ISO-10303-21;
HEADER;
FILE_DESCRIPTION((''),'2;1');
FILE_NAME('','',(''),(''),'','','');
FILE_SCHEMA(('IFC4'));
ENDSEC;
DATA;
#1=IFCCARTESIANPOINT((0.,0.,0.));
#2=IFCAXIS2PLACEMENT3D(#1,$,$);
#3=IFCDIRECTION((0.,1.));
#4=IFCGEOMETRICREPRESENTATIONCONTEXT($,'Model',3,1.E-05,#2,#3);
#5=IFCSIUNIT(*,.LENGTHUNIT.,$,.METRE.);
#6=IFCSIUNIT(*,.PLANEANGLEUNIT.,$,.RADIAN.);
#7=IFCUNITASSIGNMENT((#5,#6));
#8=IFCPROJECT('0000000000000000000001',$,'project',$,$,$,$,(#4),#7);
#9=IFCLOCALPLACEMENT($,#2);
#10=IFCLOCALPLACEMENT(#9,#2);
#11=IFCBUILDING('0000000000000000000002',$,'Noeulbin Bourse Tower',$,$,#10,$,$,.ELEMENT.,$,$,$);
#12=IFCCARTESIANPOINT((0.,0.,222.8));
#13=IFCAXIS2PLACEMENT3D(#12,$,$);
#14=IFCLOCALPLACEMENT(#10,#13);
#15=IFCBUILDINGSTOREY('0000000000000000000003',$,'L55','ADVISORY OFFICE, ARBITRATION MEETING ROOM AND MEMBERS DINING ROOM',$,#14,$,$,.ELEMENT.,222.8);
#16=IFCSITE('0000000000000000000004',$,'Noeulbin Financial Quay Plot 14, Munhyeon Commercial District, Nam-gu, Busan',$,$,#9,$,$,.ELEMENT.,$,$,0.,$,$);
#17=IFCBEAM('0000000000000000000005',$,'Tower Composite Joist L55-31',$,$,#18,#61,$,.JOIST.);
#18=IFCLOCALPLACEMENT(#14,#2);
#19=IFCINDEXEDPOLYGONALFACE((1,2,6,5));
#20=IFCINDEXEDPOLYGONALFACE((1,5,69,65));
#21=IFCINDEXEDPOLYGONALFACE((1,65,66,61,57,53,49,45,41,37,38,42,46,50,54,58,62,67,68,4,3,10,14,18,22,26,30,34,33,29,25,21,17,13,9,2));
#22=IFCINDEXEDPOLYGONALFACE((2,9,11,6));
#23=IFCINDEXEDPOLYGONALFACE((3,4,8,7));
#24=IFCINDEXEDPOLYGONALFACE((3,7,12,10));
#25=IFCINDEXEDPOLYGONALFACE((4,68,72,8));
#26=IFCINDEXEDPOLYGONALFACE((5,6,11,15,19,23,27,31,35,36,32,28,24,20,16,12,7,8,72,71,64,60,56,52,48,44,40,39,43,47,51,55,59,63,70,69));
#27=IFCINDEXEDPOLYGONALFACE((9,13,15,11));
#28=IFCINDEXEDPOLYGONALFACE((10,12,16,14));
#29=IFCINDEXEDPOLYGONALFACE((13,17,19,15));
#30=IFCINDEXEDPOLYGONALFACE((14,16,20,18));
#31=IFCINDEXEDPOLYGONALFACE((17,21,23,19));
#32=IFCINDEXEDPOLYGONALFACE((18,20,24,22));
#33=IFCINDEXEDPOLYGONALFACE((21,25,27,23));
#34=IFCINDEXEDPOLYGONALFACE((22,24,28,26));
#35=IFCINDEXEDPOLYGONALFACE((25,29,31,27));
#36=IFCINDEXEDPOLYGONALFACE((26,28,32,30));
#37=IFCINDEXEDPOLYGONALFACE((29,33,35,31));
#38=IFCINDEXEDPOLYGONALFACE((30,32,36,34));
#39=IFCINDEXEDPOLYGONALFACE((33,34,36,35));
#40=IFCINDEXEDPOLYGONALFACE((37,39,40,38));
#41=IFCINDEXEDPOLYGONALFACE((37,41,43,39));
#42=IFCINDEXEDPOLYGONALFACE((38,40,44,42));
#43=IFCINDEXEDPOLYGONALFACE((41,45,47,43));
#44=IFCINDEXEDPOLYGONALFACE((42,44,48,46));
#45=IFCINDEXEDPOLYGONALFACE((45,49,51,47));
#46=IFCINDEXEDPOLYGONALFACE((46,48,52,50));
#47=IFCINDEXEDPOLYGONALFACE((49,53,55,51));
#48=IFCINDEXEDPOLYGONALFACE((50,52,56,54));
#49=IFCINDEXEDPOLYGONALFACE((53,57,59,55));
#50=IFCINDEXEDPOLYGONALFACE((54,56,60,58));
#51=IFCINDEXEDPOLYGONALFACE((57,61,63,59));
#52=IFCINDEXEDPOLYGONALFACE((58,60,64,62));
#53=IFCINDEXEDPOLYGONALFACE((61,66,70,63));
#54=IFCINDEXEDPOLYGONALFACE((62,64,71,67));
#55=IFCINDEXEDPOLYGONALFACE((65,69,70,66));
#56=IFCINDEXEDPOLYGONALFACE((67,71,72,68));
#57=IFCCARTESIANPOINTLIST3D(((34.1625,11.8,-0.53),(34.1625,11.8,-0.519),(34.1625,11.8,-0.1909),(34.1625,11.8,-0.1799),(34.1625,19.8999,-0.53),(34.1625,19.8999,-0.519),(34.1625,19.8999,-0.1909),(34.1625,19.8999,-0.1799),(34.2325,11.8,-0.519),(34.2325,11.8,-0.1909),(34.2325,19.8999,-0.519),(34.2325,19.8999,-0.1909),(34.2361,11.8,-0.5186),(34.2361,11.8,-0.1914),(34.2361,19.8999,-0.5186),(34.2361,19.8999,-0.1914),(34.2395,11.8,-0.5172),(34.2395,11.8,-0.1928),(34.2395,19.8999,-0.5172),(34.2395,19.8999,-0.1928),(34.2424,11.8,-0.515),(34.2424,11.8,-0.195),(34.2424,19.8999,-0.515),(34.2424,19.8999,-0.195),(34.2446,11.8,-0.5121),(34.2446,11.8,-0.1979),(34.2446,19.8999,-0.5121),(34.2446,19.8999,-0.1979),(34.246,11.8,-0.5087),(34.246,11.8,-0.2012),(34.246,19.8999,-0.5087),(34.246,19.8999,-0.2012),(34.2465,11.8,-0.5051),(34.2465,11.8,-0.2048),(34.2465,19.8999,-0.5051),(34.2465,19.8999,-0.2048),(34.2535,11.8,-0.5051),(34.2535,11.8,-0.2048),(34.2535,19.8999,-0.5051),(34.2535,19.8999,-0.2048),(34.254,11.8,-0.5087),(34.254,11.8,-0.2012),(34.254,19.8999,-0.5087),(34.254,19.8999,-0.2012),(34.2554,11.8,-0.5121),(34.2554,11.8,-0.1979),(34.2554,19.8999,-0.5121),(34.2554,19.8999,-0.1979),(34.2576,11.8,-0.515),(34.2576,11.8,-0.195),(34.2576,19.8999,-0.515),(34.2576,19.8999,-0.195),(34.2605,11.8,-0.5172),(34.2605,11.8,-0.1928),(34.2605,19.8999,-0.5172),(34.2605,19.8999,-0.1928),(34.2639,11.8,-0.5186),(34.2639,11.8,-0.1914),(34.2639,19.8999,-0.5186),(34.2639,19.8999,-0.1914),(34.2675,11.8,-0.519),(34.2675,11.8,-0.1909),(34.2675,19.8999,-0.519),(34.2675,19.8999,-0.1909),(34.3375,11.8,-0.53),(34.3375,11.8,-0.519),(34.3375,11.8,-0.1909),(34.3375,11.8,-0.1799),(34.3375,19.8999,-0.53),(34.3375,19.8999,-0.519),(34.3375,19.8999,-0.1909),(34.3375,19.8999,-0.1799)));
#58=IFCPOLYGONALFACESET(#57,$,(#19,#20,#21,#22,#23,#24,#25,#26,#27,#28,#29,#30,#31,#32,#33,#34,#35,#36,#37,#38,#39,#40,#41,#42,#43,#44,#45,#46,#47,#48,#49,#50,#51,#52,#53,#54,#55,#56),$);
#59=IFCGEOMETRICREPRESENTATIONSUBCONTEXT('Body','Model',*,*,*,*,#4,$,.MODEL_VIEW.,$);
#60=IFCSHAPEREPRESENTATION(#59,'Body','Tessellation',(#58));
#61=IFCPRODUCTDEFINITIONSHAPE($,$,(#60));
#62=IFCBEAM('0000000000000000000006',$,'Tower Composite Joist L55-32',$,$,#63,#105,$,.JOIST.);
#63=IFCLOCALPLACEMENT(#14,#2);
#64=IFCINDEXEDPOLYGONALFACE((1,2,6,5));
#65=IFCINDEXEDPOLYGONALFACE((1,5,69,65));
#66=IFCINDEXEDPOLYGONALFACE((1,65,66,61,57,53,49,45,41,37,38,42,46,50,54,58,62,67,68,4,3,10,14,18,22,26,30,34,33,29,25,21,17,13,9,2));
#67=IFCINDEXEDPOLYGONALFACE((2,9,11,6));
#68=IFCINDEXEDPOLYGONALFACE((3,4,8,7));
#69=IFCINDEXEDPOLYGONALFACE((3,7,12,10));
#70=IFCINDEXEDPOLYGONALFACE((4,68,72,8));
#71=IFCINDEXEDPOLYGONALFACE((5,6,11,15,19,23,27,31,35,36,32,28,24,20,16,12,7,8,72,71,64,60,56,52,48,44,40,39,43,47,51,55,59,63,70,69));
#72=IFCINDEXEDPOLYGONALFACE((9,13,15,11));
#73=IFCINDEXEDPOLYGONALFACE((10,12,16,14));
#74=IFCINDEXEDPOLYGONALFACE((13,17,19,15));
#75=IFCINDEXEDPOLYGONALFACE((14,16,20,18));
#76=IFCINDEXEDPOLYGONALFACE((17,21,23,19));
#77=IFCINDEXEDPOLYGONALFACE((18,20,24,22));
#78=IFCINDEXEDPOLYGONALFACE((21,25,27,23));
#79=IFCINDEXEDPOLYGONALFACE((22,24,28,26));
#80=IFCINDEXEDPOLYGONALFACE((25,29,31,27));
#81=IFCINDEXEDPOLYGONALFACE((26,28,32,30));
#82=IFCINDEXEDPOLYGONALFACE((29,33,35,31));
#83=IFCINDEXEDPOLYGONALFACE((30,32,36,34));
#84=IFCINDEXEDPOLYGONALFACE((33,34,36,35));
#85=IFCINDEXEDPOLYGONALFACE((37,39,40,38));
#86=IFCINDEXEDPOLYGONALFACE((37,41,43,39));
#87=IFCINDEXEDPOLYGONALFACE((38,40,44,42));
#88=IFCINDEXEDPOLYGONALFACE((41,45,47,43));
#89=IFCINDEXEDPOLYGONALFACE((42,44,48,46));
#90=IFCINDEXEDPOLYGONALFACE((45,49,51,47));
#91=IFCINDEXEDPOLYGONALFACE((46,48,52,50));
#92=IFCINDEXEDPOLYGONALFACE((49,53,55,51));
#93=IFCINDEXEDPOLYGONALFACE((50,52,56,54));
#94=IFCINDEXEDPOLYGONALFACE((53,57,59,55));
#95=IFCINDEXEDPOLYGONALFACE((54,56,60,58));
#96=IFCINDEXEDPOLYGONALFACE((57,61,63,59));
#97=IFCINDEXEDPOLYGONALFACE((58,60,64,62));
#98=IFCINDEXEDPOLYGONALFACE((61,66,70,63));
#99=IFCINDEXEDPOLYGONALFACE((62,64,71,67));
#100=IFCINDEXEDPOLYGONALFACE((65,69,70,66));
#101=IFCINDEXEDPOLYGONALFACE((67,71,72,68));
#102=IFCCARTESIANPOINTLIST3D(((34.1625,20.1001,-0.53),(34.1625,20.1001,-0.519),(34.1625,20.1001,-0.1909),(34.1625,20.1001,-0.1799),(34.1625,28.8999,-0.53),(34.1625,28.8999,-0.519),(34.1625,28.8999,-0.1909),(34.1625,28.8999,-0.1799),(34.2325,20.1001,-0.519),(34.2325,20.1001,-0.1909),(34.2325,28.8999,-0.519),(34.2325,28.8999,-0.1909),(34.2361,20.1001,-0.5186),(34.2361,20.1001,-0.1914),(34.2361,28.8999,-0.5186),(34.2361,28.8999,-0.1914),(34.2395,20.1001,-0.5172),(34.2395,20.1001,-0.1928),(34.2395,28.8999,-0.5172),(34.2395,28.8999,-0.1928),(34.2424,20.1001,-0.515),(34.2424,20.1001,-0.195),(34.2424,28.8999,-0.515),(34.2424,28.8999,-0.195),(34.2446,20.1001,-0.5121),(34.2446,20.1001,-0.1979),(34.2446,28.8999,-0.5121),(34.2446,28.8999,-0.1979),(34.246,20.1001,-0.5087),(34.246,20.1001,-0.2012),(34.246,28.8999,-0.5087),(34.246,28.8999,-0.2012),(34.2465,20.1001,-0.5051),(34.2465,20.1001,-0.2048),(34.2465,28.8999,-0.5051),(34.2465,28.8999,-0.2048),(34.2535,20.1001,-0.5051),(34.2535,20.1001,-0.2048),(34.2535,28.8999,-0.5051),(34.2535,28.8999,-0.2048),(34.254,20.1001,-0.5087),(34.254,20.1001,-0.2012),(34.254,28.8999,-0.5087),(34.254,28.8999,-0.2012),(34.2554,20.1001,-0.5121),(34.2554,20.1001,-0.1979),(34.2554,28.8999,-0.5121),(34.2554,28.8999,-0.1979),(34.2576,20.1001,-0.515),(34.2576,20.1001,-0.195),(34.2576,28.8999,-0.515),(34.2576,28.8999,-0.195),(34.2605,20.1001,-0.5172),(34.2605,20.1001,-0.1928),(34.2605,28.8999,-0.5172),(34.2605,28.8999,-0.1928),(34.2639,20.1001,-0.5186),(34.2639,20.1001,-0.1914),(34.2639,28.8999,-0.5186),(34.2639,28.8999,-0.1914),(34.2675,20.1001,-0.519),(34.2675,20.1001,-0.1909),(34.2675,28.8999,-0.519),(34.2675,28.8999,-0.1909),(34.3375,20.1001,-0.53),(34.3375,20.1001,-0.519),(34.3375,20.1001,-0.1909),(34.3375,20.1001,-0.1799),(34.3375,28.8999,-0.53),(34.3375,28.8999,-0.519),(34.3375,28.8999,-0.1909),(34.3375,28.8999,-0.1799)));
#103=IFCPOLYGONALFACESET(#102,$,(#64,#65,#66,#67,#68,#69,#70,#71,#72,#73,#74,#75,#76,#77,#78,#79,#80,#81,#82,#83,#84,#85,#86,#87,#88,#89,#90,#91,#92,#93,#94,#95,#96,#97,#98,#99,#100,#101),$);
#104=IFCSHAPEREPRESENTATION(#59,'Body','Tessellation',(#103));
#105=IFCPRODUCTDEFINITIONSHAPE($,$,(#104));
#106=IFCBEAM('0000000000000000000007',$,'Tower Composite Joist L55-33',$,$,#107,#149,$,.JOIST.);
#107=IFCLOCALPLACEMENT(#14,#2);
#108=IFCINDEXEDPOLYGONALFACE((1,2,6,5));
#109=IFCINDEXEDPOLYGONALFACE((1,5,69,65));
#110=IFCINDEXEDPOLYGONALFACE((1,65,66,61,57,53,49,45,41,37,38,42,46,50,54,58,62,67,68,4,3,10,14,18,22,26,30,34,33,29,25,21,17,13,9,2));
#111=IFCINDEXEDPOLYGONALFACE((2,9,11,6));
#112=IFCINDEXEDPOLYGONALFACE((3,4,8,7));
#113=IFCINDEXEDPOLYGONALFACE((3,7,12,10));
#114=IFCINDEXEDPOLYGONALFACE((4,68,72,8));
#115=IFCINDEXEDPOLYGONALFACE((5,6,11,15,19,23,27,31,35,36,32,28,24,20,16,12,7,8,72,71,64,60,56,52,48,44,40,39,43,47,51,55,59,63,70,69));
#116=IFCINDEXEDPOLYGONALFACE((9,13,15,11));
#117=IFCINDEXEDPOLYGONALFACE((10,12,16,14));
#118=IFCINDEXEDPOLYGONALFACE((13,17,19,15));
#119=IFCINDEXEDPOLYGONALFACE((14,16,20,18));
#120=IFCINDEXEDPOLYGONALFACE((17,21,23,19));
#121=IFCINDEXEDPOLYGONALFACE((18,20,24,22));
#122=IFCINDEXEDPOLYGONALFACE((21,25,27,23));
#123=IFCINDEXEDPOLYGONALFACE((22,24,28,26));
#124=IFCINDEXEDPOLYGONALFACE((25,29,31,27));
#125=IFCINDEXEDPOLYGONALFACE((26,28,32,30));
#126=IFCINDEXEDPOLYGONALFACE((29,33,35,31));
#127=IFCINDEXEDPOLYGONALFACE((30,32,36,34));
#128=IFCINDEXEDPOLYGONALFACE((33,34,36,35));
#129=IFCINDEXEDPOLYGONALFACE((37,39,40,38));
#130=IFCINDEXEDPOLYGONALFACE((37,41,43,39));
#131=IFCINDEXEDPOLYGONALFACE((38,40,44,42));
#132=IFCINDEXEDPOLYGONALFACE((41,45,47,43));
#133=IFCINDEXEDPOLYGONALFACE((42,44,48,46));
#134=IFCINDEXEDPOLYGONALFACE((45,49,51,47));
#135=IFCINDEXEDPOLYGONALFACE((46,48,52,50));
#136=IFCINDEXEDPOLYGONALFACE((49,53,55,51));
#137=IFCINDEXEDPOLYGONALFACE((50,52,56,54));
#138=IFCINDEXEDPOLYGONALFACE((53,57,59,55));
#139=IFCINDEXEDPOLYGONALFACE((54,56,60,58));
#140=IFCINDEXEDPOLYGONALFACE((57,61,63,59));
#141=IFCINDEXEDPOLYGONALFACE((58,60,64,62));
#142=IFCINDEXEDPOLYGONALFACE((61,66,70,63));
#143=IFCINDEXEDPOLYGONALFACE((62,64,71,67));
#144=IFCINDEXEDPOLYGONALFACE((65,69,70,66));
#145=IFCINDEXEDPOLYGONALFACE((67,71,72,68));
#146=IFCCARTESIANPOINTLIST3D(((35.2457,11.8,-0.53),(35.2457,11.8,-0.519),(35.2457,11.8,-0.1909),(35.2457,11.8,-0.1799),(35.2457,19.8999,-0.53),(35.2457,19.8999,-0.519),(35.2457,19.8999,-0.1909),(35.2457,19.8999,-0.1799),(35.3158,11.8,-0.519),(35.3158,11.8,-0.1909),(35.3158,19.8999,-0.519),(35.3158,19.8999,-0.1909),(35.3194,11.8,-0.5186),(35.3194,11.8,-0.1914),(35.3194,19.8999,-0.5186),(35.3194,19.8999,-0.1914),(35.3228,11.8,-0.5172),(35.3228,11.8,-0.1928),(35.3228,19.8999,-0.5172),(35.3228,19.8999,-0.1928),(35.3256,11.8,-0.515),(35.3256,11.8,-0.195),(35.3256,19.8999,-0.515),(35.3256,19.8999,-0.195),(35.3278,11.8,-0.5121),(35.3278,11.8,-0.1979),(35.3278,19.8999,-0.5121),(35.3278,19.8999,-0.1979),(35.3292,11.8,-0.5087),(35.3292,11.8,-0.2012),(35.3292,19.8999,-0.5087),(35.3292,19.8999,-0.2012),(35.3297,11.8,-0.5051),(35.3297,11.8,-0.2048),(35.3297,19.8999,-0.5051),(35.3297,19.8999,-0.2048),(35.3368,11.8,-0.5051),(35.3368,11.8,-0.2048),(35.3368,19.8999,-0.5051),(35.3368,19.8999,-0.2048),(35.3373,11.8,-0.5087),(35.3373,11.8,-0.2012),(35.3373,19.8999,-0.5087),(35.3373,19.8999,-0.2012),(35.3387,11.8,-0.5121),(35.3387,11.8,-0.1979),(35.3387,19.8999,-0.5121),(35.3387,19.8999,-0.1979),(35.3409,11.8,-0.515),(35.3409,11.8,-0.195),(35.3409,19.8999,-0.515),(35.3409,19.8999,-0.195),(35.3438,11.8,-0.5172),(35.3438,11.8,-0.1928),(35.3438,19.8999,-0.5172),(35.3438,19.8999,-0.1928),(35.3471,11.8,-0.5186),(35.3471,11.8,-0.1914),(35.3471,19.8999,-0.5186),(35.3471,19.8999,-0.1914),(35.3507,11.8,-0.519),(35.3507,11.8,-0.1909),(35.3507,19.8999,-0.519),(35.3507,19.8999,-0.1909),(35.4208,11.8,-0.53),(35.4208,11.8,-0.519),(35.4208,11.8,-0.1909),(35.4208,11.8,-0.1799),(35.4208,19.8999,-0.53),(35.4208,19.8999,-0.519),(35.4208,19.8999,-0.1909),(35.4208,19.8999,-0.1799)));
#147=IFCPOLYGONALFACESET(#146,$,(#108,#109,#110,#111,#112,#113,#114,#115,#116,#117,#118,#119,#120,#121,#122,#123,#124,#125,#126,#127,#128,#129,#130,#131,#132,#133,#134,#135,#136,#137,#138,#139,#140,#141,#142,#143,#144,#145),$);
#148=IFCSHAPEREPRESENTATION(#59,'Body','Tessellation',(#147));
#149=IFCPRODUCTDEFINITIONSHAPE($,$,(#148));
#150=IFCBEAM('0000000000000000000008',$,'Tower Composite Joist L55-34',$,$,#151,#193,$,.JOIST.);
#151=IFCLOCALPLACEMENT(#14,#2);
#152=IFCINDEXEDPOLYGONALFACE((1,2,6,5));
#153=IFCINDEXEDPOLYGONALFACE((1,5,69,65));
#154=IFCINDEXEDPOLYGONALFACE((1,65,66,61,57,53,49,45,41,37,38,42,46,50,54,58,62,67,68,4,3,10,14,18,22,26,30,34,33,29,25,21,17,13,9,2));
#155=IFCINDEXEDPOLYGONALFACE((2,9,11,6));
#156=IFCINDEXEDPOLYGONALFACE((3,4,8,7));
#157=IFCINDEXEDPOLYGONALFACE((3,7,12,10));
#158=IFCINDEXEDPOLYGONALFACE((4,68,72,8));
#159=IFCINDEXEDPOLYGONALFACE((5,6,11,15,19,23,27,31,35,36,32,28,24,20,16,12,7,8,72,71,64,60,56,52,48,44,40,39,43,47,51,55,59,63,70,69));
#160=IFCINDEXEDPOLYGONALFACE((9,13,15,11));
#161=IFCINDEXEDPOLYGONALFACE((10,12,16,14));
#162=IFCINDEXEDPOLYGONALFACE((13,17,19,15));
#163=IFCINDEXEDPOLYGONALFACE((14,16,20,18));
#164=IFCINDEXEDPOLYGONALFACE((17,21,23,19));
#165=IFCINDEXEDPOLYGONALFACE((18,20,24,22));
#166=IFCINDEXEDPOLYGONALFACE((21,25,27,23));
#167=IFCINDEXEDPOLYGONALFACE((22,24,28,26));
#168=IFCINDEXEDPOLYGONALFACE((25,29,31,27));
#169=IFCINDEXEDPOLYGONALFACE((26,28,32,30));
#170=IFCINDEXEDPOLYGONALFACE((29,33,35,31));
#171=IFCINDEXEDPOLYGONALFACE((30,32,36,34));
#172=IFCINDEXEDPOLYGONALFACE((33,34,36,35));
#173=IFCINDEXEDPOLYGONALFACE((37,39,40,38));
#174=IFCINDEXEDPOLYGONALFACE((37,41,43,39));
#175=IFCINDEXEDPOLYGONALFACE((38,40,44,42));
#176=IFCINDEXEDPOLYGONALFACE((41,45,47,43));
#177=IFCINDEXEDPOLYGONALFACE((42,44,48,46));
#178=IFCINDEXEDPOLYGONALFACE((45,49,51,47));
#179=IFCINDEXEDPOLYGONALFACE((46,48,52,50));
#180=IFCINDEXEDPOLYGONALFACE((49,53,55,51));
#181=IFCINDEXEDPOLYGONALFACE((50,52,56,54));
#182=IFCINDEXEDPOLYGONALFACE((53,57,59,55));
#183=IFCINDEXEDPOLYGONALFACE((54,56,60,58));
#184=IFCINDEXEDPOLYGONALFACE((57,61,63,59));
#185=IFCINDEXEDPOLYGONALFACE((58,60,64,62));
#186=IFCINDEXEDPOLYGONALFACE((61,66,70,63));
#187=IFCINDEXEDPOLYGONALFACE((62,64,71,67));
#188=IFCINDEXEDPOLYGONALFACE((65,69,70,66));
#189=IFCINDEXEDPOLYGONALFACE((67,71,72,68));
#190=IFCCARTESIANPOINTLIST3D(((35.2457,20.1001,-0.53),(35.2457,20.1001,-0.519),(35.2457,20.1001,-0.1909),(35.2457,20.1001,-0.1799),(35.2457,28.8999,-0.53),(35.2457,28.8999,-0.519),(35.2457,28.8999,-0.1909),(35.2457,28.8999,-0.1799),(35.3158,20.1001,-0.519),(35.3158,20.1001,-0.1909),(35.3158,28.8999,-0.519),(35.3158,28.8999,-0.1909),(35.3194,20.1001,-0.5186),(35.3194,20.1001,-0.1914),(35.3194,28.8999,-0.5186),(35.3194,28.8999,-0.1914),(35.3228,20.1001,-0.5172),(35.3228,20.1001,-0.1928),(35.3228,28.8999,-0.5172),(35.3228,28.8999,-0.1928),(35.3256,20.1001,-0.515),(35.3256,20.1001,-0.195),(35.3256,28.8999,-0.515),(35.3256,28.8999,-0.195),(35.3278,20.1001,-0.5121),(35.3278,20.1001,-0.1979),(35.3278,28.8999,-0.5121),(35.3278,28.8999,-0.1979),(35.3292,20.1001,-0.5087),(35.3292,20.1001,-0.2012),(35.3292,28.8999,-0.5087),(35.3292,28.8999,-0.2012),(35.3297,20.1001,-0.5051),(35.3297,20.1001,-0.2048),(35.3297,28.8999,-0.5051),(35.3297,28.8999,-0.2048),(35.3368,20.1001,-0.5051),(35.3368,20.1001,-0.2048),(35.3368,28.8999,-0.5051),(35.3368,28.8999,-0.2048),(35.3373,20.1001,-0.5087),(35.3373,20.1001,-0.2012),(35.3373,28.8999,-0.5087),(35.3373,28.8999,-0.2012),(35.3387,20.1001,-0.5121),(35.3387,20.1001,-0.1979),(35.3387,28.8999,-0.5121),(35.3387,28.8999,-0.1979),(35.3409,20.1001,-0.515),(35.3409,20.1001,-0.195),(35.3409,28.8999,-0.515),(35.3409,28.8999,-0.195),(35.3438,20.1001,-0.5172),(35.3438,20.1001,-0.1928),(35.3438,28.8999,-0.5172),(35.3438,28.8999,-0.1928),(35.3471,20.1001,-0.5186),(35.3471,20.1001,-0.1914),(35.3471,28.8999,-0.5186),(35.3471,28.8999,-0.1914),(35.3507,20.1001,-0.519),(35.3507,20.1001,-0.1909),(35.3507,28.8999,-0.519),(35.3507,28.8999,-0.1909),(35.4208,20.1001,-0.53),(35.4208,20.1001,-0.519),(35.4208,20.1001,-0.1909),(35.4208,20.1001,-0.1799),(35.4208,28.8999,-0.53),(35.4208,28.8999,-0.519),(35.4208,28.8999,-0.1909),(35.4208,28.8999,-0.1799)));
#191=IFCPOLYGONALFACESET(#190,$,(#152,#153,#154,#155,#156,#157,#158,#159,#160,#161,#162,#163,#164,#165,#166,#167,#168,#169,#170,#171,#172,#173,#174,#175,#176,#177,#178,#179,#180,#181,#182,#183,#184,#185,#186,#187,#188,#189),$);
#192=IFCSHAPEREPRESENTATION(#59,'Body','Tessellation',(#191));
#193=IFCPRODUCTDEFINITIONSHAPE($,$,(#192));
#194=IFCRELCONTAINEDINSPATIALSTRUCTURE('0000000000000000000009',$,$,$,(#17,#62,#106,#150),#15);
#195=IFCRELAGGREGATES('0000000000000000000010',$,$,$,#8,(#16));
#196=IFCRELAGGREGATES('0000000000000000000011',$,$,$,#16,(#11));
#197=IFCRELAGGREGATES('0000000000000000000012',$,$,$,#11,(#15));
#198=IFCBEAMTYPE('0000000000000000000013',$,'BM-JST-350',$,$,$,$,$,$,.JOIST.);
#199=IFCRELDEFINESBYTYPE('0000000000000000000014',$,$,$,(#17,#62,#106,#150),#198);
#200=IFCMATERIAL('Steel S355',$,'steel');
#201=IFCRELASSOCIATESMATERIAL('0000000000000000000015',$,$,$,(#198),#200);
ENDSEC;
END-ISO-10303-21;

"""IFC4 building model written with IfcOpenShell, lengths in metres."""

from ifc_helpers import new_model, si_unit, direction, frame, origin, origin_2d, place, context, subcontext, project, spatial, i_section, extrude, material, material_profile, profile_set, type_object, element, save


model = new_model("IFC4")

# Units and contexts
model_context = context("Model", 3, precision=1e-05, world=origin(), true_north=direction((0.0, 1.0)))
body_context = subcontext(model_context, "Body", "Model", "MODEL_VIEW")
ifc_project = project(units=[si_unit("LENGTHUNIT", "METRE"), si_unit("PLANEANGLEUNIT", "RADIAN")], contexts=[model_context])

# Site, building, storey
site_placement = place(None, origin())
site = spatial("IfcSite", under=ifc_project, at=site_placement, Name="Noeulbin Financial Quay Plot 14, Munhyeon Commercial District, Nam-gu, Busan", CompositionType="ELEMENT", RefElevation=0.0)
building_placement = place(site_placement, origin())
building = spatial("IfcBuilding", under=site, at=building_placement, Name="Noeulbin Bourse Tower", CompositionType="ELEMENT")
storey_placement = place(building_placement, frame((0.0, 0.0, 222.8)))
storey = spatial("IfcBuildingStorey", under=building, at=storey_placement, Name="L55", Description="ADVISORY OFFICE, ARBITRATION MEETING ROOM AND MEMBERS DINING ROOM", CompositionType="ELEMENT", Elevation=222.8)

# Shared definitions
ifc_material_1 = material(Name="Steel S355", Category="steel")

# Beams
ifc_material_profile_1 = material_profile(ifc_material_1, i_section(OverallWidth=0.175, OverallDepth=0.3501, WebThickness=0.0071, FlangeThickness=0.011, FilletRadius=0.0139, at=origin_2d()), Name="H-350x175x7x11", Category="LoadBearing")
ifc_profile_set_1 = profile_set([ifc_material_profile_1], Name="Steel S355")
beam_type_1 = type_object("IfcBeamType", Name="BM-JST-350", PredefinedType="JOIST", material=ifc_profile_set_1)
beam_1_placement = place(storey_placement, frame((34.25, 11.8, -0.355), z_axis=(0.0, 1.0, 0.0), x_axis=(-1.0, 0.0, 0.0)))
element("IfcBeam", 1, at=beam_1_placement, inside=storey, type_object=beam_type_1, Name="Tower Composite Joist L55-31", PredefinedType="JOIST", context=body_context, shape_type="SweptSolid", body=[
    extrude(i_section(OverallWidth=0.175, OverallDepth=0.3501, WebThickness=0.0071, FlangeThickness=0.011, FilletRadius=0.0139, at=origin_2d()), origin(), (0.0, 0.0, 1.0), 8.0999),
])
beam_2_placement = place(storey_placement, frame((34.25, 20.1001, -0.355), z_axis=(0.0, 1.0, 0.0), x_axis=(-1.0, 0.0, 0.0)))
element("IfcBeam", 2, at=beam_2_placement, inside=storey, type_object=beam_type_1, Name="Tower Composite Joist L55-32", PredefinedType="JOIST", context=body_context, shape_type="SweptSolid", body=[
    extrude(i_section(OverallWidth=0.175, OverallDepth=0.3501, WebThickness=0.0071, FlangeThickness=0.011, FilletRadius=0.0139, at=origin_2d()), origin(), (0.0, 0.0, 1.0), 8.7998),
])
beam_3_placement = place(storey_placement, frame((35.3333, 11.8, -0.355), z_axis=(0.0, 1.0, 0.0), x_axis=(-1.0, 0.0, 0.0)))
element("IfcBeam", 3, at=beam_3_placement, inside=storey, type_object=beam_type_1, Name="Tower Composite Joist L55-33", PredefinedType="JOIST", context=body_context, shape_type="SweptSolid", body=[
    extrude(i_section(OverallWidth=0.175, OverallDepth=0.3501, WebThickness=0.0071, FlangeThickness=0.011, FilletRadius=0.0139, at=origin_2d()), origin(), (0.0, 0.0, 1.0), 8.0999),
])
beam_4_placement = place(storey_placement, frame((35.3333, 20.1001, -0.355), z_axis=(0.0, 1.0, 0.0), x_axis=(-1.0, 0.0, 0.0)))
element("IfcBeam", 4, at=beam_4_placement, inside=storey, type_object=beam_type_1, Name="Tower Composite Joist L55-34", PredefinedType="JOIST", context=body_context, shape_type="SweptSolid", body=[
    extrude(i_section(OverallWidth=0.175, OverallDepth=0.3501, WebThickness=0.0071, FlangeThickness=0.011, FilletRadius=0.0139, at=origin_2d()), origin(), (0.0, 0.0, 1.0), 8.7998),
])

save(model, "model.ifc")
